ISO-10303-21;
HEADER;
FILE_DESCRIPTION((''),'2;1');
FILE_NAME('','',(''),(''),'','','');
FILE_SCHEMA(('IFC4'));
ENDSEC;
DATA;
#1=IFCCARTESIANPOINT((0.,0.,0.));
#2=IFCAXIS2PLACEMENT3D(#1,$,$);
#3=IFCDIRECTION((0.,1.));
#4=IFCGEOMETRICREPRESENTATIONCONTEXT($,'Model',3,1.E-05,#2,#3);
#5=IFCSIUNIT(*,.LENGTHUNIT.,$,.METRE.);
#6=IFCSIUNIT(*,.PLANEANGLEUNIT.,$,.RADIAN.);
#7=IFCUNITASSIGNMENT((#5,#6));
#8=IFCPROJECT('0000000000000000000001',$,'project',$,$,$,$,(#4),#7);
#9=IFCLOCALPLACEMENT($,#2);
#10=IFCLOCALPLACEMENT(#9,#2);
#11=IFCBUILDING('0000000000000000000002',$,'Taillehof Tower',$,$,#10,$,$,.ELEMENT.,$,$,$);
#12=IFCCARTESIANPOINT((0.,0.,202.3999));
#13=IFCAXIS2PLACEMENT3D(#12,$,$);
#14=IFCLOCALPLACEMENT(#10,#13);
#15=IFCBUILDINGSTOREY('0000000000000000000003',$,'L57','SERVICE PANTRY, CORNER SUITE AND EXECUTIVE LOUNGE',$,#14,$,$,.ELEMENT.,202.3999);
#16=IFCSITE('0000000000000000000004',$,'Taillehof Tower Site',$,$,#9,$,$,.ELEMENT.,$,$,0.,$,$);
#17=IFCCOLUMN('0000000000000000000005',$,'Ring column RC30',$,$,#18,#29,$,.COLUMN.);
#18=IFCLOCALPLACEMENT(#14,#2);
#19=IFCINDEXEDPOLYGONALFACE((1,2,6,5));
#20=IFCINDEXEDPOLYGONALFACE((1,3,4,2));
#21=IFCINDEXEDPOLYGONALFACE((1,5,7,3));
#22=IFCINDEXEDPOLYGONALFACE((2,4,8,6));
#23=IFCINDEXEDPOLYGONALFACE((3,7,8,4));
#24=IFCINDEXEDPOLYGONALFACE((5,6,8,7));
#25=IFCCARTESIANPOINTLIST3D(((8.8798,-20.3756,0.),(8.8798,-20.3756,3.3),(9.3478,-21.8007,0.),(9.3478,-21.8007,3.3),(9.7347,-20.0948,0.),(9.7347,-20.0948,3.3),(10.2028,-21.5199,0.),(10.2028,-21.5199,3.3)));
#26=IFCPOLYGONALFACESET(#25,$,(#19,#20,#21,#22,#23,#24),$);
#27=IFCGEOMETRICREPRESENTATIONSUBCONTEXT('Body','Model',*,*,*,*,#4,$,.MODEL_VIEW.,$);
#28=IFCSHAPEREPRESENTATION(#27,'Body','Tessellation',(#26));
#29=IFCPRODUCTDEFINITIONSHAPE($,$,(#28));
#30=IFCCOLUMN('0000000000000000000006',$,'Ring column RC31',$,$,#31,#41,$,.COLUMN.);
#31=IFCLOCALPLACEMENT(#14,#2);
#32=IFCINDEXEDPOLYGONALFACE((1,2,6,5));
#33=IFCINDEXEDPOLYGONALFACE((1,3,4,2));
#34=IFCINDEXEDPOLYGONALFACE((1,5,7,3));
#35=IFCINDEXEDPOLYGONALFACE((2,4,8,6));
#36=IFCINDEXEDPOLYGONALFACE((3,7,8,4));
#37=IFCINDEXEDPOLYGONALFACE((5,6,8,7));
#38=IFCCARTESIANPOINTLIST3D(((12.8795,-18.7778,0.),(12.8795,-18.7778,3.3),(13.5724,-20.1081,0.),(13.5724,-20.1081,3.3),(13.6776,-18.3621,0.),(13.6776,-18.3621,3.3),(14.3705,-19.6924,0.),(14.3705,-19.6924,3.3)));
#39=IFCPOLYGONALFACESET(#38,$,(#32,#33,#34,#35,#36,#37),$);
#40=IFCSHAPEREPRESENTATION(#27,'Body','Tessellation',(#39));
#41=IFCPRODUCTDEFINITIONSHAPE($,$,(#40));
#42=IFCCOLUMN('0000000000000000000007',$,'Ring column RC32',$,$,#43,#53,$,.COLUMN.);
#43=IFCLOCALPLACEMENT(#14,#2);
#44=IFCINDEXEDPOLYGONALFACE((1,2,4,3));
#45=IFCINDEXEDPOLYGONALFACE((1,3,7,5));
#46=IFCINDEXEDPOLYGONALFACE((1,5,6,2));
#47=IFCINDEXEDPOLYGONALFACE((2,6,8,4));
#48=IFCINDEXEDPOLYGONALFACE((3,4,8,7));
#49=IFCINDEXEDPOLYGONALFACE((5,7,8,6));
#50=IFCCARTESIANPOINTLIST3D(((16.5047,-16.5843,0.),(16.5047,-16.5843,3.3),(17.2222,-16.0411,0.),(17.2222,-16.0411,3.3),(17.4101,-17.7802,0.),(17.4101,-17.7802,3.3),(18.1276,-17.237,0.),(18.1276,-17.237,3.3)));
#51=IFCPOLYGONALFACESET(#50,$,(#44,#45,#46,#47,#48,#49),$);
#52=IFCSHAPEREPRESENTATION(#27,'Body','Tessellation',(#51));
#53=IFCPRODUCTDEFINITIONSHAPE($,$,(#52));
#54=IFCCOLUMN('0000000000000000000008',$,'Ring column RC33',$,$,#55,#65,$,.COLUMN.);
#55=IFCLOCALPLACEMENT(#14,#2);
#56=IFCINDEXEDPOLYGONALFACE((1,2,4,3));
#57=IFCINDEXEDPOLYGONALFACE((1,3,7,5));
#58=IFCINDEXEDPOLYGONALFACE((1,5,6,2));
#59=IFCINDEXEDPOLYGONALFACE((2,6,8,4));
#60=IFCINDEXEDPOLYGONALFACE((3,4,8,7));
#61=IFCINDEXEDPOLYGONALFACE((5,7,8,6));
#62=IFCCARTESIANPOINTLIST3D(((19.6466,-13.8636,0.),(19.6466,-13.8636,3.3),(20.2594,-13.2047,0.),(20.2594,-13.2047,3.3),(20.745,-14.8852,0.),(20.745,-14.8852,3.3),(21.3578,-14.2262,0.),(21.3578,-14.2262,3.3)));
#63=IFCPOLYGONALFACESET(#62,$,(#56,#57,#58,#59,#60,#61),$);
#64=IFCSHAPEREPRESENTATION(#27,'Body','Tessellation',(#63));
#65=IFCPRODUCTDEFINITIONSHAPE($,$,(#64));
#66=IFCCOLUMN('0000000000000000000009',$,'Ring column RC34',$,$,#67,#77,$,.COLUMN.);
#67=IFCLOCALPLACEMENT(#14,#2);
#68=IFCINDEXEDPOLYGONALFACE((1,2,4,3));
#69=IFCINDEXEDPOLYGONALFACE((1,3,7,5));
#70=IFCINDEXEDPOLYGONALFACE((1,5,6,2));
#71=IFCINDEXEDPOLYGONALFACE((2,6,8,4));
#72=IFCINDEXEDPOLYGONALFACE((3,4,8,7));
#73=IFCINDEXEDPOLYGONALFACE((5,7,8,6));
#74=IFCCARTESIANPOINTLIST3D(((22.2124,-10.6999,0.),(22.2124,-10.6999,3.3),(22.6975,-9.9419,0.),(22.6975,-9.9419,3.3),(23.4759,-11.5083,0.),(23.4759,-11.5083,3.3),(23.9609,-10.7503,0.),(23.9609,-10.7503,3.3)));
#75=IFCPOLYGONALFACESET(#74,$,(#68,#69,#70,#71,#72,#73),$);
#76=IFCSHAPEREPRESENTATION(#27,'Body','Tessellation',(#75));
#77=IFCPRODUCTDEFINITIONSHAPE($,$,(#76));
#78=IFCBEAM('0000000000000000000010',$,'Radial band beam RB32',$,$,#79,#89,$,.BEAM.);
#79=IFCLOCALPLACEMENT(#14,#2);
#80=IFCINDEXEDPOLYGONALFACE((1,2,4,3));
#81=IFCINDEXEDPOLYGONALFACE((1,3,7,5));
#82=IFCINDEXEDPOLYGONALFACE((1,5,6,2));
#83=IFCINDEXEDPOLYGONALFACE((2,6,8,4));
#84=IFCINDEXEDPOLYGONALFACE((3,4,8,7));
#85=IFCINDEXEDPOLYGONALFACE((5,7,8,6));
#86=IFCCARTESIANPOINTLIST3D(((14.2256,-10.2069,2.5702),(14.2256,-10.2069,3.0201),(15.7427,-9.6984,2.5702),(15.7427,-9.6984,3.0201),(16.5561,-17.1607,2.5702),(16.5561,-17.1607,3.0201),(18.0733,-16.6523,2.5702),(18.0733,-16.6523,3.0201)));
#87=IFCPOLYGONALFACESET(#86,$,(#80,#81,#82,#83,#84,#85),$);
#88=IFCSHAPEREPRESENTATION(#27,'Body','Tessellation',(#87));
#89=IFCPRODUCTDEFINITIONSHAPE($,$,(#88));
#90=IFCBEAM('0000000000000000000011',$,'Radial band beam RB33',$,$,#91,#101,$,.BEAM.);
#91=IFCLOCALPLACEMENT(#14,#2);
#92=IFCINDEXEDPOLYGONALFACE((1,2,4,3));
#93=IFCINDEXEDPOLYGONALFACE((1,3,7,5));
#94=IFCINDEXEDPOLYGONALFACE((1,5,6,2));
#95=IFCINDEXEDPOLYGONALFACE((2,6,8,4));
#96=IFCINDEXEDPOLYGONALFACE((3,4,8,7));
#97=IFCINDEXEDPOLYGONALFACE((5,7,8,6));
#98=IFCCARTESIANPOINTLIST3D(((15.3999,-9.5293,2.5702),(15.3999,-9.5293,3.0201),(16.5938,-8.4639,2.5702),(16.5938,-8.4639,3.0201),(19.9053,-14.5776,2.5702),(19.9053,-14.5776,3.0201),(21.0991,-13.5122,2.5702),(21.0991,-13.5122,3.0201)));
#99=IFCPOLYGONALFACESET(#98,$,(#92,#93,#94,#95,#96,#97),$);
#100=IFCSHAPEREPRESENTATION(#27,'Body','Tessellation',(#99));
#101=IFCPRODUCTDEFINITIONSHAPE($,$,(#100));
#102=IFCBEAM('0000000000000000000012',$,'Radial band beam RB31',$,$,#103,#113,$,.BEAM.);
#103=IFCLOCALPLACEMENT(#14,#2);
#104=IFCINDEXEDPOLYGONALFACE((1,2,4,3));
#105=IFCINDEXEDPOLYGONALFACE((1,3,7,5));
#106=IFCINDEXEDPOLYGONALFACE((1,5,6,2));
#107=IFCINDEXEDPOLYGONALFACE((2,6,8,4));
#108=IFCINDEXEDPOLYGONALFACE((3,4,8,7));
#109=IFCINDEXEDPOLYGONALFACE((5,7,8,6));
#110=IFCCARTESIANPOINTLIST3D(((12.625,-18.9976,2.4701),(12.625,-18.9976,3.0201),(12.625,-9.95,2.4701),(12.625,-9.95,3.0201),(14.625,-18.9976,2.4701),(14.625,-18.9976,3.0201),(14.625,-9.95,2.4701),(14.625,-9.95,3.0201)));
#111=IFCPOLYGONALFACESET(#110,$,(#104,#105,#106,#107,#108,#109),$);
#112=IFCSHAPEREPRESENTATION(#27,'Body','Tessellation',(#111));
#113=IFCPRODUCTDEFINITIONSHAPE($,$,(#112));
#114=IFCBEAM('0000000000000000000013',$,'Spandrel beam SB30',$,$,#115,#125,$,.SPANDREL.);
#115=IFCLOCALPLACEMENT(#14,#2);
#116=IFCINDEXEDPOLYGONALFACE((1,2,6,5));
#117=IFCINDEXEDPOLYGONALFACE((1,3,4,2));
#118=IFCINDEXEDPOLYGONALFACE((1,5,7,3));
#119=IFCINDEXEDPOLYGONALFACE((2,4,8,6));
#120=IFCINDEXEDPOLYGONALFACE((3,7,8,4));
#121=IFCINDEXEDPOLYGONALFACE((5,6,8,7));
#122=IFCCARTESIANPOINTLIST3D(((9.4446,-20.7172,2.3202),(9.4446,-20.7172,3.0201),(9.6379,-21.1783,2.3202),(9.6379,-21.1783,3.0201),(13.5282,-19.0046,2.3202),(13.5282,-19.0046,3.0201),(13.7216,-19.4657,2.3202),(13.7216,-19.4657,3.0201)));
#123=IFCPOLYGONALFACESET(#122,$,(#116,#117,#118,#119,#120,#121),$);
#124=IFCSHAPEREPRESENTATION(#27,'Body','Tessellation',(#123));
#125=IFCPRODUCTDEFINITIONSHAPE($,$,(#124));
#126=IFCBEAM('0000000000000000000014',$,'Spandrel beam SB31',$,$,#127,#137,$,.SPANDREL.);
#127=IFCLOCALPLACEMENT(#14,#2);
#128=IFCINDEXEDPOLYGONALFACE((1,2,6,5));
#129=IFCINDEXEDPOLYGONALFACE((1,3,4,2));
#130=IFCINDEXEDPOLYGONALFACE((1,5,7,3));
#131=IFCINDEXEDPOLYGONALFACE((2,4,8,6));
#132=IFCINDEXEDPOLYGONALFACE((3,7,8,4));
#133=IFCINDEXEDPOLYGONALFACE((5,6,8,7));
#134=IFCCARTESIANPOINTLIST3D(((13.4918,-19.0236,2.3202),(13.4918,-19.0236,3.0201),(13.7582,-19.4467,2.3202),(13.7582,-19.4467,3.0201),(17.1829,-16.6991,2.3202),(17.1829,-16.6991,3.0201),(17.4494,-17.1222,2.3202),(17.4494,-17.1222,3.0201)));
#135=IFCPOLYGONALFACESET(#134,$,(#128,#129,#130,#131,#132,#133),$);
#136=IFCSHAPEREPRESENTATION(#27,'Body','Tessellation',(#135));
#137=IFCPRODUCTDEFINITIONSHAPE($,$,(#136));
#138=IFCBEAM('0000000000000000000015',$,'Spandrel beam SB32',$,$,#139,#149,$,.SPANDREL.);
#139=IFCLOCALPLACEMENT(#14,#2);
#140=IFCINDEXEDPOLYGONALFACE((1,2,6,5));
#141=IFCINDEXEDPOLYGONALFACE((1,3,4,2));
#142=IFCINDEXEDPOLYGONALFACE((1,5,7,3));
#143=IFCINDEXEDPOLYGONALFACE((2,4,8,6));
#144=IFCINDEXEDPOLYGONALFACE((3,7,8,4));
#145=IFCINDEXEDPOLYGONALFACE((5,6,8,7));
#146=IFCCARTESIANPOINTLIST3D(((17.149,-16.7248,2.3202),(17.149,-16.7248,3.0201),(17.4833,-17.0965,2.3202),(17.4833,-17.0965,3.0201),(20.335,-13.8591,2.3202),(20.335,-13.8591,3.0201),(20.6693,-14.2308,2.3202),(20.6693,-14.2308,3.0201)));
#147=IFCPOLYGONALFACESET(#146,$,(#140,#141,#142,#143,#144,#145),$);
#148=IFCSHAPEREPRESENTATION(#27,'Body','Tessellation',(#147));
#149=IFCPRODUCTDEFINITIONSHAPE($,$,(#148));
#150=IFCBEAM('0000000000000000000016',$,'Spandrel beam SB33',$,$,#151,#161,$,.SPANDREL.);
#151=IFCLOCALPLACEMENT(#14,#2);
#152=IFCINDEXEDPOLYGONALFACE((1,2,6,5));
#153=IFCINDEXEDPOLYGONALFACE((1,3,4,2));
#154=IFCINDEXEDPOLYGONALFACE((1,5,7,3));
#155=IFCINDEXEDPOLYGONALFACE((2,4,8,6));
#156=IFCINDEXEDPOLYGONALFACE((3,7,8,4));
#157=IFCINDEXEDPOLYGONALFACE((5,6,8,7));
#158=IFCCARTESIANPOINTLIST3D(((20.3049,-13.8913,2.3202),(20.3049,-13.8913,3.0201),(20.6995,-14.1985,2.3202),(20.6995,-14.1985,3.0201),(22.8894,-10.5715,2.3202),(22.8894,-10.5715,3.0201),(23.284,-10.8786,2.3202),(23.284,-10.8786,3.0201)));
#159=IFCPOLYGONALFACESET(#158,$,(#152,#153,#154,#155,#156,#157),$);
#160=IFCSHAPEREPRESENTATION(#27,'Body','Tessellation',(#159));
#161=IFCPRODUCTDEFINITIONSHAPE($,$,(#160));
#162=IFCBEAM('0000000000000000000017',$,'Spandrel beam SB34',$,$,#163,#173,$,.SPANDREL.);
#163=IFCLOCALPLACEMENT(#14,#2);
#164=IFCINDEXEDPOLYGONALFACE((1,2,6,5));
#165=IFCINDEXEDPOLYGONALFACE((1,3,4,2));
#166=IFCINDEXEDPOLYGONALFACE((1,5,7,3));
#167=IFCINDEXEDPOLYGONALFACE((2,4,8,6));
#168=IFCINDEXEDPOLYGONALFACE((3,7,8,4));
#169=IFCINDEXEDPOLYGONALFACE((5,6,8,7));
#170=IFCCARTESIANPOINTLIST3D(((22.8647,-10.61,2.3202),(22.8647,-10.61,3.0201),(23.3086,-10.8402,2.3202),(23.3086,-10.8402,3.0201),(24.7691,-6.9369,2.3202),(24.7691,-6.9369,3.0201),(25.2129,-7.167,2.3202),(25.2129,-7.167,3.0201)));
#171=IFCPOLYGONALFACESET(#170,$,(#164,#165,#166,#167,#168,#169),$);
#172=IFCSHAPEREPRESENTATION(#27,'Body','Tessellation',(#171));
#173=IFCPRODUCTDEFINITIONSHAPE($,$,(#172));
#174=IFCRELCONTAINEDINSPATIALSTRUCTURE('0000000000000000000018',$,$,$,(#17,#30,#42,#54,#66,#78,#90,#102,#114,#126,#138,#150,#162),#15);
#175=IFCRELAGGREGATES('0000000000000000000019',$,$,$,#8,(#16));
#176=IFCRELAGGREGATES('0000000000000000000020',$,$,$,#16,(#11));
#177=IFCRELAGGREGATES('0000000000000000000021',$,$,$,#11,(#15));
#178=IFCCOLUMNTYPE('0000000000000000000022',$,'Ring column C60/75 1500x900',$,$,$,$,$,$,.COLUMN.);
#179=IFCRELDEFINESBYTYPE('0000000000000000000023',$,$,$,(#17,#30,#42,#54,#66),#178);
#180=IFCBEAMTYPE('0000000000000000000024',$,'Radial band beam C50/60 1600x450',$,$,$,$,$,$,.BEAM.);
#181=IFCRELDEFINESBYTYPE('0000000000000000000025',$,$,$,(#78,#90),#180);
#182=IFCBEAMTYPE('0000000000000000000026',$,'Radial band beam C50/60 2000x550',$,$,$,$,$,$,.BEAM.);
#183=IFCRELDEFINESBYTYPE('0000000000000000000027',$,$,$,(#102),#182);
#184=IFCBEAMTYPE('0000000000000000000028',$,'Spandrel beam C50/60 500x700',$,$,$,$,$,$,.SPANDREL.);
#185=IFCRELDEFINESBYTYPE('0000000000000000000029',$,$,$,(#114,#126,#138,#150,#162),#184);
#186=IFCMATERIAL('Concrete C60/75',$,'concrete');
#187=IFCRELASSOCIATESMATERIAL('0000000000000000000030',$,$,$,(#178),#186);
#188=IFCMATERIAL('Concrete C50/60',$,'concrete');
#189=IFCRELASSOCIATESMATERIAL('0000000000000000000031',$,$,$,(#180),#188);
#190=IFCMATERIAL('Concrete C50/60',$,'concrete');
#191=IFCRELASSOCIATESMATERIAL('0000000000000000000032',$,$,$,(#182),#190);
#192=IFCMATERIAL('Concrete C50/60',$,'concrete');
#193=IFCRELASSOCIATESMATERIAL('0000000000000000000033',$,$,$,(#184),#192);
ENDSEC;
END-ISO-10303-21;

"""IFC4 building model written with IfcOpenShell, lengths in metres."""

from ifc_helpers import new_model, si_unit, direction, frame, origin, origin_2d, place, context, subcontext, project, spatial, rectangle, extrude, material, material_profile, profile_set, type_object, element, save


model = new_model("IFC4")

# Units and contexts
model_context = context("Model", 3, precision=1e-05, world=origin(), true_north=direction((0.0, 1.0)))
body_context = subcontext(model_context, "Body", "Model", "MODEL_VIEW")
ifc_project = project(units=[si_unit("LENGTHUNIT", "METRE"), si_unit("PLANEANGLEUNIT", "RADIAN")], contexts=[model_context])

# Site, building, storey
site_placement = place(None, origin())
site = spatial("IfcSite", under=ifc_project, at=site_placement, Name="Taillehof Tower Site", CompositionType="ELEMENT", RefElevation=0.0)
building_placement = place(site_placement, origin())
building = spatial("IfcBuilding", under=site, at=building_placement, Name="Taillehof Tower", CompositionType="ELEMENT")
storey_placement = place(building_placement, frame((0.0, 0.0, 202.3999)))
storey = spatial("IfcBuildingStorey", under=building, at=storey_placement, Name="L57", Description="SERVICE PANTRY, CORNER SUITE AND EXECUTIVE LOUNGE", CompositionType="ELEMENT", Elevation=202.3999)

# Columns
ifc_material_1 = material(Name="Concrete C60/75", Category="concrete")
ifc_material_profile_1 = material_profile(ifc_material_1, rectangle(XDim=1.5, YDim=0.8999, at=origin_2d()), Name="RC 1500x900")
ifc_profile_set_1 = profile_set([ifc_material_profile_1], Name="Concrete C60/75")
column_type = type_object("IfcColumnType", Name="Ring column C60/75 1500x900", PredefinedType="COLUMN", material=ifc_profile_set_1)
for number, where, z_axis, x_axis, name in (
    (1, (9.5413, -20.9478, 0.0), (0.0, 0.0, 1.0), (0.312001, -0.950082, 0.0), "Ring column RC30"),
    (2, (13.625, -19.2351, 0.0), (0.0, 0.0, 1.0), (0.461993, -0.886883, 0.0), "Ring column RC31"),
    (3, (17.3162, -16.9106, 0.0), (0.0, 0.0, 1.0), (0.603608, -0.797281, 0.0), "Ring column RC32"),
    (4, (20.5022, -14.0449, 0.0), (0.0, 0.0, 1.0), (0.732271, -0.681013, 0.0), "Ring column RC33"),
    (5, (23.0867, -10.7251, 0.0), (0.0, 0.0, 1.0), (0.842311, -0.538992, 0.0), "Ring column RC34"),
):
    element("IfcColumn", number, at=place(storey_placement, frame(where, z_axis=z_axis, x_axis=x_axis)), inside=storey, type_object=column_type, Name=name, PredefinedType="COLUMN", context=body_context, shape_type="SweptSolid", body=[
        extrude(rectangle(XDim=1.5, YDim=0.8999, at=origin_2d()), origin(), (0.0, 0.0, 1.0), 3.3),
    ])

# Beams
ifc_material_2 = material(Name="Concrete C50/60", Category="concrete")
ifc_material_profile_2 = material_profile(ifc_material_2, rectangle(XDim=1.6001, YDim=0.45, at=origin_2d()), Name="RC 1600x450")
ifc_profile_set_2 = profile_set([ifc_material_profile_2], Name="Concrete C50/60")
beam_type_1 = type_object("IfcBeamType", Name="Radial band beam C50/60 1600x450", PredefinedType="BEAM", material=ifc_profile_set_2)
beam_1_placement = place(storey_placement, frame((17.3147, -16.9065, 2.7952), z_axis=(-0.317775, 0.948166, 0.0), x_axis=(-0.948166, -0.317775, 0.0)))
element("IfcBeam", 6, at=beam_1_placement, inside=storey, type_object=beam_type_1, Name="Radial band beam RB32", PredefinedType="BEAM", context=body_context, shape_type="SweptSolid", body=[
    extrude(rectangle(XDim=1.6001, YDim=0.45, at=origin_2d()), origin(), (0.0, 0.0, 1.0), 7.334),
])
beam_2_placement = place(storey_placement, frame((20.5022, -14.0449, 2.7952), z_axis=(-0.665845, 0.74609, 0.0), x_axis=(-0.74609, -0.665845, 0.0)))
element("IfcBeam", 7, at=beam_2_placement, inside=storey, type_object=beam_type_1, Name="Radial band beam RB33", PredefinedType="BEAM", context=body_context, shape_type="SweptSolid", body=[
    extrude(rectangle(XDim=1.6001, YDim=0.45, at=origin_2d()), origin(), (0.0, 0.0, 1.0), 6.7664),
])
ifc_material_3 = material(Name="Concrete C50/60", Category="concrete")
ifc_material_profile_3 = material_profile(ifc_material_3, rectangle(XDim=2.0, YDim=0.55, at=origin_2d()), Name="RC 2000x550")
ifc_profile_set_3 = profile_set([ifc_material_profile_3], Name="Concrete C50/60")
beam_type_2 = type_object("IfcBeamType", Name="Radial band beam C50/60 2000x550", PredefinedType="BEAM", material=ifc_profile_set_3)
beam_3_placement = place(storey_placement, frame((13.625, -18.9976, 2.7451), z_axis=(0.0, 1.0, 0.0), x_axis=(-1.0, 0.0, 0.0)))
element("IfcBeam", 8, at=beam_3_placement, inside=storey, type_object=beam_type_2, Name="Radial band beam RB31", PredefinedType="BEAM", context=body_context, shape_type="SweptSolid", body=[
    extrude(rectangle(XDim=2.0, YDim=0.55, at=origin_2d()), origin(), (0.0, 0.0, 1.0), 9.0476),
])
ifc_material_4 = material(Name="Concrete C50/60", Category="concrete")
ifc_material_profile_4 = material_profile(ifc_material_4, rectangle(XDim=0.5, YDim=0.7, at=origin_2d()), Name="RC 500x700")
ifc_profile_set_4 = profile_set([ifc_material_profile_4], Name="Concrete C50/60")
beam_type_3 = type_object("IfcBeamType", Name="Spandrel beam C50/60 500x700", PredefinedType="SPANDREL", material=ifc_profile_set_4)
beam_4_placement = place(storey_placement, frame((9.5413, -20.9478, 2.6702), z_axis=(0.922186, 0.386748, 0.0), x_axis=(-0.386748, 0.922186, 0.0)))
element("IfcBeam", 9, at=beam_4_placement, inside=storey, type_object=beam_type_3, Name="Spandrel beam SB30", PredefinedType="SPANDREL", context=body_context, shape_type="SweptSolid", body=[
    extrude(rectangle(XDim=0.5, YDim=0.7, at=origin_2d()), origin(), (0.0, 0.0, 1.0), 4.4282),
])
beam_5_placement = place(storey_placement, frame((13.625, -19.2351, 2.6702), z_axis=(0.846192, 0.532879, 0.0), x_axis=(-0.532879, 0.846192, 0.0)))
element("IfcBeam", 10, at=beam_5_placement, inside=storey, type_object=beam_type_3, Name="Spandrel beam SB31", PredefinedType="SPANDREL", context=body_context, shape_type="SweptSolid", body=[
    extrude(rectangle(XDim=0.5, YDim=0.7, at=origin_2d()), origin(), (0.0, 0.0, 1.0), 4.3621),
])
beam_6_placement = place(storey_placement, frame((17.3162, -16.9106, 2.6702), z_axis=(0.743492, 0.668744, 0.0), x_axis=(-0.668744, 0.743492, 0.0)))
element("IfcBeam", 11, at=beam_6_placement, inside=storey, type_object=beam_type_3, Name="Spandrel beam SB32", PredefinedType="SPANDREL", context=body_context, shape_type="SweptSolid", body=[
    extrude(rectangle(XDim=0.5, YDim=0.7, at=origin_2d()), origin(), (0.0, 0.0, 1.0), 4.2852),
])
beam_7_placement = place(storey_placement, frame((20.5022, -14.0449, 2.6702), z_axis=(0.614294, 0.789077, 0.0), x_axis=(-0.789077, 0.614294, 0.0)))
element("IfcBeam", 12, at=beam_7_placement, inside=storey, type_object=beam_type_3, Name="Spandrel beam SB33", PredefinedType="SPANDREL", context=body_context, shape_type="SweptSolid", body=[
    extrude(rectangle(XDim=0.5, YDim=0.7, at=origin_2d()), origin(), (0.0, 0.0, 1.0), 4.2073),
])
beam_8_placement = place(storey_placement, frame((23.0867, -10.7251, 2.6702), z_axis=(0.460265, 0.887781, 0.0), x_axis=(-0.887781, 0.460265, 0.0)))
element("IfcBeam", 13, at=beam_8_placement, inside=storey, type_object=beam_type_3, Name="Spandrel beam SB34", PredefinedType="SPANDREL", context=body_context, shape_type="SweptSolid", body=[
    extrude(rectangle(XDim=0.5, YDim=0.7, at=origin_2d()), origin(), (0.0, 0.0, 1.0), 4.1375),
])

save(model, "model.ifc")
